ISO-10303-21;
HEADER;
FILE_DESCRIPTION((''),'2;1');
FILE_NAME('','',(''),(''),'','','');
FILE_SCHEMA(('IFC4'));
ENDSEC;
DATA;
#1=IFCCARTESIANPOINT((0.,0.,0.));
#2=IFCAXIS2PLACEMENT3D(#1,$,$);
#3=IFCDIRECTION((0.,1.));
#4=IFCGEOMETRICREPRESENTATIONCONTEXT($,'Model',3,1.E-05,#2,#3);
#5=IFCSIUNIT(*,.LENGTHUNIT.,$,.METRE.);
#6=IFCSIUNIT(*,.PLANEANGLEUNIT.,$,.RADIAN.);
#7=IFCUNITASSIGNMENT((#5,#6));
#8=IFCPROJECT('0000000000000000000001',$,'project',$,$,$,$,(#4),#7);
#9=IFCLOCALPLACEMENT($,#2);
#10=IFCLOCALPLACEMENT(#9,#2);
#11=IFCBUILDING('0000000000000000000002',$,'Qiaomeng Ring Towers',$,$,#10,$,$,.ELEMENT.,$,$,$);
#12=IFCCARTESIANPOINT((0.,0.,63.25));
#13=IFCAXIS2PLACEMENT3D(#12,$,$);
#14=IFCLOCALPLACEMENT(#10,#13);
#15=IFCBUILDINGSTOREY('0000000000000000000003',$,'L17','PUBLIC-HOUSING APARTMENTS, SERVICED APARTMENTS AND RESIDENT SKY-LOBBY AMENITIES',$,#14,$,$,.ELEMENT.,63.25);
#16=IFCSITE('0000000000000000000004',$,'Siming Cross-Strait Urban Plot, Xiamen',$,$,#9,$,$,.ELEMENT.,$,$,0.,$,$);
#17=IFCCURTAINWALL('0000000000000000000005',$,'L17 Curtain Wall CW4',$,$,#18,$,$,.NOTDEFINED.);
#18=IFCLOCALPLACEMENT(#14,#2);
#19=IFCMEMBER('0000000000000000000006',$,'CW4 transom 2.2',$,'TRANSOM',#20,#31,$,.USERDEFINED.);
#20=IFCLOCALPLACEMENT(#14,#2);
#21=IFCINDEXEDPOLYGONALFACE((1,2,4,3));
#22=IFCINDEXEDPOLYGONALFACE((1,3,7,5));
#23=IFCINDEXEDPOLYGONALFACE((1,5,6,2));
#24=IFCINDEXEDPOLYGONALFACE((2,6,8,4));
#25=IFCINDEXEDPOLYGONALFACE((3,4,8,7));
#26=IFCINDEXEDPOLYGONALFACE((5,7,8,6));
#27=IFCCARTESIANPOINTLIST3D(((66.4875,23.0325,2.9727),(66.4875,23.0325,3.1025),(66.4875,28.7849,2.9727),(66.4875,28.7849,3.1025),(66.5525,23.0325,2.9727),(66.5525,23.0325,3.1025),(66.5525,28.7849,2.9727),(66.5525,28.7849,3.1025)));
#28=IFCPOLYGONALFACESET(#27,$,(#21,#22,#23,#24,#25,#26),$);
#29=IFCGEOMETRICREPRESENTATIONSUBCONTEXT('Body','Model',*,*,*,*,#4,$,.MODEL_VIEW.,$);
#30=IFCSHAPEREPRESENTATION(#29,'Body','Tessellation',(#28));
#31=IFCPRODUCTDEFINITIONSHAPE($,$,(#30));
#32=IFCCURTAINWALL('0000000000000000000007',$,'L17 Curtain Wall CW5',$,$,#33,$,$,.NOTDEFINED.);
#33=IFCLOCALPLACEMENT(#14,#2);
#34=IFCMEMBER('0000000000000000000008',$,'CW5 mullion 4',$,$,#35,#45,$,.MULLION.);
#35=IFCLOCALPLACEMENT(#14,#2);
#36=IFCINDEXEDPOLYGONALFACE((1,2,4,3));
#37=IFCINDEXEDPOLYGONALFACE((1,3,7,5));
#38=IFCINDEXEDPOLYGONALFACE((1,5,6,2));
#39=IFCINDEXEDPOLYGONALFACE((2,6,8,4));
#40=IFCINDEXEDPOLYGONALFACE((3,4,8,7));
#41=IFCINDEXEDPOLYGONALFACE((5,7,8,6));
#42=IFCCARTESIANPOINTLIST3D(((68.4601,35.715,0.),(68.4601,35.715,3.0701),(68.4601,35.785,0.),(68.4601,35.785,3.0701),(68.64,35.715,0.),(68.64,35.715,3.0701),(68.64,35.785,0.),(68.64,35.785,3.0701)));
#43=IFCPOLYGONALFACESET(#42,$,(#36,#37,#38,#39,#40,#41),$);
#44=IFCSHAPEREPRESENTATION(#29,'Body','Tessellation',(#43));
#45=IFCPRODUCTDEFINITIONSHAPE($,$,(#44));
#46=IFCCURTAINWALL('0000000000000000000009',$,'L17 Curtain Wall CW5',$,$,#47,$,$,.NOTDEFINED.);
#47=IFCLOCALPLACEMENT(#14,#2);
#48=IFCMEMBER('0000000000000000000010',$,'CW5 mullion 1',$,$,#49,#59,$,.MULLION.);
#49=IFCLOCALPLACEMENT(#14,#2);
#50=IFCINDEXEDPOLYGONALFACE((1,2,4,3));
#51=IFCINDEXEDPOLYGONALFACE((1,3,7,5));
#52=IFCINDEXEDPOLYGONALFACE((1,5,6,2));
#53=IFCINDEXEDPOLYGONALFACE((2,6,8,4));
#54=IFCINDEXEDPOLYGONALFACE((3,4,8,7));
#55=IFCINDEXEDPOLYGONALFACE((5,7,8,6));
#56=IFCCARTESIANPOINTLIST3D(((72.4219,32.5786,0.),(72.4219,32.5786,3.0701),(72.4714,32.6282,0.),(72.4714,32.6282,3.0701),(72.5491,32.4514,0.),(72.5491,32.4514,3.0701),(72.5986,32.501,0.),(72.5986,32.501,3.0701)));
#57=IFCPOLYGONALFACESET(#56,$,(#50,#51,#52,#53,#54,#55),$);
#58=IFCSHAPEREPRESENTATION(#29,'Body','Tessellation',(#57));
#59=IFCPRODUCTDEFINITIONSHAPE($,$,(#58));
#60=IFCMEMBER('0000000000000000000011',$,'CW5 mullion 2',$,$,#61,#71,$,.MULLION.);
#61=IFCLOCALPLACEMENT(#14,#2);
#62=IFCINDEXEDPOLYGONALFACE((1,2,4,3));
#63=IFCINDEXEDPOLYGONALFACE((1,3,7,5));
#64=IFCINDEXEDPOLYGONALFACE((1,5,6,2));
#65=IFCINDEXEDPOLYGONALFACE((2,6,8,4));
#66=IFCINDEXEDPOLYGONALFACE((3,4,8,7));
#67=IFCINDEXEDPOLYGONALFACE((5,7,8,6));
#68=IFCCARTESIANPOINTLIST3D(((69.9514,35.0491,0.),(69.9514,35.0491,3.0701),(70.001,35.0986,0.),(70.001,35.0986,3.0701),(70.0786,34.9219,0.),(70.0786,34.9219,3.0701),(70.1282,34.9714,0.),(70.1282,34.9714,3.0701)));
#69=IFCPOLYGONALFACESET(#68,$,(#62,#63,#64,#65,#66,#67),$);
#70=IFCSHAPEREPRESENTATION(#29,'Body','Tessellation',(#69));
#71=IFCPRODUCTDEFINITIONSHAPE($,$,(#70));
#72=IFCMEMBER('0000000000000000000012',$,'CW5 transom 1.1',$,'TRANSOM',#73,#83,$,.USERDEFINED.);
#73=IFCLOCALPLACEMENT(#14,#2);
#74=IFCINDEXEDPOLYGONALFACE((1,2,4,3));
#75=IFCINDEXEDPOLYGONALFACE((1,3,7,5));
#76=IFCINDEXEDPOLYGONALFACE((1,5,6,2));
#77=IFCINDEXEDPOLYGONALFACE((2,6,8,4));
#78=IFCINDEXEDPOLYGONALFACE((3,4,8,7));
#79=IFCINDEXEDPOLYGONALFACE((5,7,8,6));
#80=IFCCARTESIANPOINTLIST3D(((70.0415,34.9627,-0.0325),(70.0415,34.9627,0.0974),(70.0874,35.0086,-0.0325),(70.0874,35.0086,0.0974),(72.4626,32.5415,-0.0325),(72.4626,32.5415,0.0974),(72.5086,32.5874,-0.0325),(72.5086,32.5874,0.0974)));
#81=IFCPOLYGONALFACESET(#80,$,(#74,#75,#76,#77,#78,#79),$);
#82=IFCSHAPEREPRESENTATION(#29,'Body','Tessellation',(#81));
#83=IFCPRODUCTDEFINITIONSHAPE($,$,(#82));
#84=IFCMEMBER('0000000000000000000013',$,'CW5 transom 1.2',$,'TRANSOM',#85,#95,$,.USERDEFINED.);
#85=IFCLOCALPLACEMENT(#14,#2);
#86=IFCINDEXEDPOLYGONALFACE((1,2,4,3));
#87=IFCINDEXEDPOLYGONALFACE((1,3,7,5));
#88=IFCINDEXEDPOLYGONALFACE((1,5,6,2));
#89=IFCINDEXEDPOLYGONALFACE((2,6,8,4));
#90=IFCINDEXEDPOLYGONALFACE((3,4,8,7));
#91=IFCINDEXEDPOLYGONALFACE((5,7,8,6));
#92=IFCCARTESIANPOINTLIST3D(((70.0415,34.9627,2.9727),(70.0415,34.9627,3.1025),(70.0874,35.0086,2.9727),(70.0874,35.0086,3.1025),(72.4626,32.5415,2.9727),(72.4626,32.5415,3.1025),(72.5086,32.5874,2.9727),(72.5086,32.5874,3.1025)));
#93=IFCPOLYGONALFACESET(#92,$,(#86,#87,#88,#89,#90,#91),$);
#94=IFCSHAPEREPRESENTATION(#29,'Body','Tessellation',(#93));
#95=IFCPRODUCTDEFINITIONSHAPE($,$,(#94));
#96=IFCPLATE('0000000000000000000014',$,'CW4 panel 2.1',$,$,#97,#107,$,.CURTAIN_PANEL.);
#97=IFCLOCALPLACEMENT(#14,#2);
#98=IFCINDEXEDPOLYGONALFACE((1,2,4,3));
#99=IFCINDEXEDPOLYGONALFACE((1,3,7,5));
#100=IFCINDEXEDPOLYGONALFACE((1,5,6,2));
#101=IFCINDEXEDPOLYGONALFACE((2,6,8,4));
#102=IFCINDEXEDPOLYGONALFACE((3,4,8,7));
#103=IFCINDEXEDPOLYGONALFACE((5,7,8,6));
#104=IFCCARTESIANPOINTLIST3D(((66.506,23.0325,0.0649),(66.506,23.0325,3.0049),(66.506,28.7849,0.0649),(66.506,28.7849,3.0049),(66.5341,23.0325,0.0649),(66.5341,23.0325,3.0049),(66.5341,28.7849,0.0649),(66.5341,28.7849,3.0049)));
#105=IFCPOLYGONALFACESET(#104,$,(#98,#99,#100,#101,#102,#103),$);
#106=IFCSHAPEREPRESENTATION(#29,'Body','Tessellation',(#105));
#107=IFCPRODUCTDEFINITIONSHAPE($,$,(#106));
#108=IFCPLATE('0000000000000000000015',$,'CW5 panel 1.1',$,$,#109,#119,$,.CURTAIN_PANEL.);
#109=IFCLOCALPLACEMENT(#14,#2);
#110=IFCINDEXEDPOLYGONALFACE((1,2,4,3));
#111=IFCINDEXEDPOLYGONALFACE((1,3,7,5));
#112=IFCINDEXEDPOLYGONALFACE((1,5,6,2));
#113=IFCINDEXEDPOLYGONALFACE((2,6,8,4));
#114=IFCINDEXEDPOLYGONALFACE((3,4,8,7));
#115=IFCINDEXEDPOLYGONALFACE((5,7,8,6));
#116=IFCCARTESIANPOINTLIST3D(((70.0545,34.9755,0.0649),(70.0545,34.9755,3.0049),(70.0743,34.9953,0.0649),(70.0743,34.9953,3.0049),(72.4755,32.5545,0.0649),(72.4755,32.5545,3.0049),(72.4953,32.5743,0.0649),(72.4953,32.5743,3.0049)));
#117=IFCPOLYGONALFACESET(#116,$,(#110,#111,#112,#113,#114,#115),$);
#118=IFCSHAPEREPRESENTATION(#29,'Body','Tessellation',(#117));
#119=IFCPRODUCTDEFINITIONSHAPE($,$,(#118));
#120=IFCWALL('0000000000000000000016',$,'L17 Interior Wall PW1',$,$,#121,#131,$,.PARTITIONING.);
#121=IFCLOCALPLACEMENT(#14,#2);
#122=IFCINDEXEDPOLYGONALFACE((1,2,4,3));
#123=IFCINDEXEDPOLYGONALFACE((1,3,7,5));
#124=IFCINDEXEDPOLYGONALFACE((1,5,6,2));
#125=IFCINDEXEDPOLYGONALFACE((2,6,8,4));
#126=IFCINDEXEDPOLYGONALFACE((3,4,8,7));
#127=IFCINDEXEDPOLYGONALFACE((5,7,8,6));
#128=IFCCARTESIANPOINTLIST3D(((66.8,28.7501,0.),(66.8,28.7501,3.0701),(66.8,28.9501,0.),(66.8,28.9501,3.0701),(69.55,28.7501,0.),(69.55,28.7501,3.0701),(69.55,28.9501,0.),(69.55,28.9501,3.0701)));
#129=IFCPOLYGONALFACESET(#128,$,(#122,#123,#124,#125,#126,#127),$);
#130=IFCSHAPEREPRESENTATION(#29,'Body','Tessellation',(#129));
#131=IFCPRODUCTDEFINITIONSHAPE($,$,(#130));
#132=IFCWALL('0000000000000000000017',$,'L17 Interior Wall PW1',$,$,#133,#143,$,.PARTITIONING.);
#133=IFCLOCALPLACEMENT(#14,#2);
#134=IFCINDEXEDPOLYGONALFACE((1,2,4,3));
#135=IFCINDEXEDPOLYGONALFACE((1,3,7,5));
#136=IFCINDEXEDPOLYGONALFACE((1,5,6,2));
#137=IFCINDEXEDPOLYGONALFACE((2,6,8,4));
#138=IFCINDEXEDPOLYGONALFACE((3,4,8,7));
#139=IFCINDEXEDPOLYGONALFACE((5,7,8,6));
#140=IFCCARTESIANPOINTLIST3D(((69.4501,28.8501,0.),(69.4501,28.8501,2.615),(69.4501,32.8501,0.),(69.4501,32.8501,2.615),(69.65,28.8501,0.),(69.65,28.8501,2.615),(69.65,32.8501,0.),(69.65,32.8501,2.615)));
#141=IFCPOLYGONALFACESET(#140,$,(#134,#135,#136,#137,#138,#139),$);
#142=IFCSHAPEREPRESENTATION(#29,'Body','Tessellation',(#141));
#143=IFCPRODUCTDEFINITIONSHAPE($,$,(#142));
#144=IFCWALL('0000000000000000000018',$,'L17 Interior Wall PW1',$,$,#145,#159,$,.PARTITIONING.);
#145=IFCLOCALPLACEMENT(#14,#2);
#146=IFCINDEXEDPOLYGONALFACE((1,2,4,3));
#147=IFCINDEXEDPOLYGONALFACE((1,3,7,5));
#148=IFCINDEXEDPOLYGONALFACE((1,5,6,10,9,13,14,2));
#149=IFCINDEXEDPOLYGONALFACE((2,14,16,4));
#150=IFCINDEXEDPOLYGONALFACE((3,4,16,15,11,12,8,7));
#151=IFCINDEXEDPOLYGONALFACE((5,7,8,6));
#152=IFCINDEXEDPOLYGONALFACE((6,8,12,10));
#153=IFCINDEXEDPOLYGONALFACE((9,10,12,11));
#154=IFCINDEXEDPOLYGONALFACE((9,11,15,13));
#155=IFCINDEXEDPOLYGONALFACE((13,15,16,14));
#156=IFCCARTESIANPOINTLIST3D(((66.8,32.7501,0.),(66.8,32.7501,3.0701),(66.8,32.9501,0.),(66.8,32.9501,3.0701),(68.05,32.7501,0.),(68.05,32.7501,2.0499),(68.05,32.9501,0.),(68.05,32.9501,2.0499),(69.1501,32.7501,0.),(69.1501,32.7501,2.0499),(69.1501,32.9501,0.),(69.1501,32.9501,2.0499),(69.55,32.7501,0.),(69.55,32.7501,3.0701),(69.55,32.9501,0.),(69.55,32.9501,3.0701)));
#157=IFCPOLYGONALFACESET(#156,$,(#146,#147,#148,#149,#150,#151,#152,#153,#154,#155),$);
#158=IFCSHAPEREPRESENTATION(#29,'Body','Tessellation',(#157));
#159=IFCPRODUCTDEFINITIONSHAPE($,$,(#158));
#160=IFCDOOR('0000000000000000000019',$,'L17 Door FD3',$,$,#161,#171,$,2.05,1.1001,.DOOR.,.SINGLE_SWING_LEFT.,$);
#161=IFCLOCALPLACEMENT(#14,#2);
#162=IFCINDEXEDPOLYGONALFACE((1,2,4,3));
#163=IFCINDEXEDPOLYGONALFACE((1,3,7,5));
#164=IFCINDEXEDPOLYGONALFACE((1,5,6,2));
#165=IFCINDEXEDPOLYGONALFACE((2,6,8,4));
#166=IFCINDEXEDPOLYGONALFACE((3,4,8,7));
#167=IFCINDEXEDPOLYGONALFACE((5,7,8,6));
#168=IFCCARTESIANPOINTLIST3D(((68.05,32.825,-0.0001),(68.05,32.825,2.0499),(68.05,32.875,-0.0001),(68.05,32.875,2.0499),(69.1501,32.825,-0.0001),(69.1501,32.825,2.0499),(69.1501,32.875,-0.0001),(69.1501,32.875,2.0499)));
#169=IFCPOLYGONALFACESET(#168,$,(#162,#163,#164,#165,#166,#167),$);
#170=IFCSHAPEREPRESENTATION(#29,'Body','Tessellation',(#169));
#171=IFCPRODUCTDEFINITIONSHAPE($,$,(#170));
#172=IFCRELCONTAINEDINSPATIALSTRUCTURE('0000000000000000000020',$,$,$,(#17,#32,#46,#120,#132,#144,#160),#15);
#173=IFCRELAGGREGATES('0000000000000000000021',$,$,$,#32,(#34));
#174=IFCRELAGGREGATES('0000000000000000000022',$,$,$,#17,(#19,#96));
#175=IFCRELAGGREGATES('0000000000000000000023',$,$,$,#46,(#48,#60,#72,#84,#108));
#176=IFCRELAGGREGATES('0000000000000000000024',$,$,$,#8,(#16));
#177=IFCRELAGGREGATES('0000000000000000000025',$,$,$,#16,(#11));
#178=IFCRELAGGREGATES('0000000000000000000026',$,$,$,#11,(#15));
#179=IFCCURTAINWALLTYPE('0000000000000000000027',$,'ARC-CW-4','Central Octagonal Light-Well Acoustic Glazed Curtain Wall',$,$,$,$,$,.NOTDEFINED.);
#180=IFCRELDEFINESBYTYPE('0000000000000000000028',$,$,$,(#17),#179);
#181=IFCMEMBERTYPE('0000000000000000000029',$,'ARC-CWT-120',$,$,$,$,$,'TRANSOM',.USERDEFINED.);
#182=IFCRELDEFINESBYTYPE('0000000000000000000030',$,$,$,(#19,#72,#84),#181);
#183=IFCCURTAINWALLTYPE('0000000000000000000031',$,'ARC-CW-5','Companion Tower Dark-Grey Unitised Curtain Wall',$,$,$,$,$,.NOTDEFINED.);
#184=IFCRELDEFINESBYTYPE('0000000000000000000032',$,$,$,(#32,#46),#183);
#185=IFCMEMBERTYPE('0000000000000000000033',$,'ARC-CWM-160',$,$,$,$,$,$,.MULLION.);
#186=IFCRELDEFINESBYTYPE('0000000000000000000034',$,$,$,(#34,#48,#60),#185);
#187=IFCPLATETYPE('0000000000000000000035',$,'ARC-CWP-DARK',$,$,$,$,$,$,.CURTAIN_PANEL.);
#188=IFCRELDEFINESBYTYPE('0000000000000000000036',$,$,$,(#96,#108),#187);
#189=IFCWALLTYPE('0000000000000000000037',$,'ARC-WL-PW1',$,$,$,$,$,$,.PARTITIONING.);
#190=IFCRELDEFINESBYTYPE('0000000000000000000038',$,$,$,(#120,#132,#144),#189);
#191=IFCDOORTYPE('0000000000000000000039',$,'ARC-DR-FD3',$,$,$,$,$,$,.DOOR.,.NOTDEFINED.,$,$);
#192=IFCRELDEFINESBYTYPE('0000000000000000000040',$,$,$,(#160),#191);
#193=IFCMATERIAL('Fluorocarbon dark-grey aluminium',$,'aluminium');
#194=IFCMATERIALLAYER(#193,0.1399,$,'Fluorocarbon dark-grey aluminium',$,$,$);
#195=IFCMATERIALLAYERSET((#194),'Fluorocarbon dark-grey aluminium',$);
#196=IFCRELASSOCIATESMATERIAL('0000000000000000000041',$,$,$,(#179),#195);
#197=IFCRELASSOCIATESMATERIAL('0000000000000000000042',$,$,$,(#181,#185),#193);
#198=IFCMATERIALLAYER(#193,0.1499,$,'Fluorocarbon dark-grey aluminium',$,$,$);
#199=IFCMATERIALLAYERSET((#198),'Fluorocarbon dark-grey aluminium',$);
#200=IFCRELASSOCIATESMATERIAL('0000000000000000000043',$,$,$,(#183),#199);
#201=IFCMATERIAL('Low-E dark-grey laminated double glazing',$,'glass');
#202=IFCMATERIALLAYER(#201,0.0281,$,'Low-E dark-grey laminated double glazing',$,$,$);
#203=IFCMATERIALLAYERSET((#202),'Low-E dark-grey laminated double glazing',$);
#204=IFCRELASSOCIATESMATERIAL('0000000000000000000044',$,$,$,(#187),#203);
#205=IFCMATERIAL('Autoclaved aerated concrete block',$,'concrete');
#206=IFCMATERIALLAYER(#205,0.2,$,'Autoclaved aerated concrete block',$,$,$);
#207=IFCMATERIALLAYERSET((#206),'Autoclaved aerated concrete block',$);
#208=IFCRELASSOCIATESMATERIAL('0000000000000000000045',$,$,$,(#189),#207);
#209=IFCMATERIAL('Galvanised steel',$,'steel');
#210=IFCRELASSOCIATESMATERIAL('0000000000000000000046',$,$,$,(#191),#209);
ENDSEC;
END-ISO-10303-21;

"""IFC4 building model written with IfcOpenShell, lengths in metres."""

from ifc_helpers import new_model, si_unit, direction, frame, frame_2d, origin, origin_2d, place, context, subcontext, project, spatial, rectangle, extrude, source, transform, mapped, material, layer, layer_set, material_profile, profile_set, type_object, element, fill, aggregate, save


model = new_model("IFC4")

# Units and contexts
model_context = context("Model", 3, precision=1e-05, world=origin(), true_north=direction((0.0, 1.0)))
body_context = subcontext(model_context, "Body", "Model", "MODEL_VIEW")
ifc_project = project(units=[si_unit("LENGTHUNIT", "METRE"), si_unit("PLANEANGLEUNIT", "RADIAN")], contexts=[model_context])

# Site, building, storey
site_placement = place(None, origin())
site = spatial("IfcSite", under=ifc_project, at=site_placement, Name="Siming Cross-Strait Urban Plot, Xiamen", CompositionType="ELEMENT", RefElevation=0.0)
building_placement = place(site_placement, origin())
building = spatial("IfcBuilding", under=site, at=building_placement, Name="Qiaomeng Ring Towers", CompositionType="ELEMENT")
storey_placement = place(building_placement, frame((0.0, 0.0, 63.25)))
storey = spatial("IfcBuildingStorey", under=building, at=storey_placement, Name="L17", Description="PUBLIC-HOUSING APARTMENTS, SERVICED APARTMENTS AND RESIDENT SKY-LOBBY AMENITIES", CompositionType="ELEMENT", Elevation=63.25)

# Curtain wall, member
ifc_material_1 = material(Name="Fluorocarbon dark-grey aluminium", Category="aluminium")
ifc_layer_1 = layer(ifc_material_1, 0.1399, Name="Fluorocarbon dark-grey aluminium")
ifc_layer_set_1 = layer_set([ifc_layer_1], Name="Fluorocarbon dark-grey aluminium")
curtain_wall_type_1 = type_object("IfcCurtainWallType", Name="ARC-CW-4", Description="Central Octagonal Light-Well Acoustic Glazed Curtain Wall", PredefinedType="NOTDEFINED", material=ifc_layer_set_1)
curtain_wall_1_placement = place(storey_placement, origin())
curtain_wall_1 = element("IfcCurtainWall", 1, at=curtain_wall_1_placement, inside=storey, type_object=curtain_wall_type_1, Name="L17 Curtain Wall CW4", PredefinedType="NOTDEFINED")
ifc_material_profile_1 = material_profile(ifc_material_1, rectangle(XDim=0.0649, YDim=0.1299, at=origin_2d()), Name="ALU TRAN 65x130")
ifc_profile_set_1 = profile_set([ifc_material_profile_1], Name="Fluorocarbon dark-grey aluminium")
member_type_1 = type_object("IfcMemberType", Name="ARC-CWT-120", ElementType="TRANSOM", PredefinedType="USERDEFINED", material=ifc_profile_set_1)
shared_shape_1 = source(origin(), body_context, "Body", "SweptSolid", [
    extrude(rectangle(XDim=0.0649, YDim=0.1299, at=origin_2d()), origin(), (0.0, 0.0, 1.0), 5.7524),
])
member_1_placement = place(storey_placement, frame((66.52, 23.0325, 3.0376), z_axis=(0.0, 1.0, 0.0), x_axis=(-1.0, 0.0, 0.0)))
member_1 = element("IfcMember", 2, at=member_1_placement, type_object=member_type_1, Name="CW4 transom 2.2", ObjectType="TRANSOM", PredefinedType="USERDEFINED", context=body_context, shape_type="MappedRepresentation", body=[
    mapped(shared_shape_1, transform((0.0, 0.0, 0.0), x_axis=(1.0, 0.0, 0.0), y_axis=(0.0, 1.0, 0.0), z_axis=(0.0, 0.0, 1.0), scale=1.0)),
])

# Curtain wall, member
ifc_layer_2 = layer(ifc_material_1, 0.1499, Name="Fluorocarbon dark-grey aluminium")
ifc_layer_set_2 = layer_set([ifc_layer_2], Name="Fluorocarbon dark-grey aluminium")
curtain_wall_type_2 = type_object("IfcCurtainWallType", Name="ARC-CW-5", Description="Companion Tower Dark-Grey Unitised Curtain Wall", PredefinedType="NOTDEFINED", material=ifc_layer_set_2)
curtain_wall_2_placement = place(storey_placement, origin())
curtain_wall_2 = element("IfcCurtainWall", 3, at=curtain_wall_2_placement, inside=storey, type_object=curtain_wall_type_2, Name="L17 Curtain Wall CW5", PredefinedType="NOTDEFINED")
ifc_material_profile_2 = material_profile(ifc_material_1, rectangle(XDim=0.0701, YDim=0.1799, at=origin_2d()), Name="ALU MULL 70x180")
ifc_profile_set_2 = profile_set([ifc_material_profile_2], Name="Fluorocarbon dark-grey aluminium")
member_type_2 = type_object("IfcMemberType", Name="ARC-CWM-160", PredefinedType="MULLION", material=ifc_profile_set_2)
shared_shape_2 = source(origin(), body_context, "Body", "SweptSolid", [
    extrude(rectangle(XDim=0.0701, YDim=0.1799, at=origin_2d()), origin(), (0.0, 0.0, 1.0), 3.0701),
])
member_2_placement = place(storey_placement, frame((68.55, 35.75, 0.0), z_axis=(0.0, 0.0, 1.0), x_axis=(0.0, 1.0, 0.0)))
member_2 = element("IfcMember", 4, at=member_2_placement, type_object=member_type_2, Name="CW5 mullion 4", PredefinedType="MULLION", context=body_context, shape_type="MappedRepresentation", body=[
    mapped(shared_shape_2, transform((0.0, 0.0, 0.0), x_axis=(1.0, 0.0, 0.0), y_axis=(0.0, 1.0, 0.0), z_axis=(0.0, 0.0, 1.0), scale=1.0)),
])
aggregate(curtain_wall_2, [member_2])

# Curtain wall, members
curtain_wall_3_placement = place(storey_placement, origin())
curtain_wall_3 = element("IfcCurtainWall", 5, at=curtain_wall_3_placement, inside=storey, type_object=curtain_wall_type_2, Name="L17 Curtain Wall CW5", PredefinedType="NOTDEFINED")
member_3_placement = place(storey_placement, frame((72.5103, 32.5398, 0.0), z_axis=(0.0, 0.0, 1.0), x_axis=(-0.707107, -0.707107, 0.0)))
member_3 = element("IfcMember", 6, at=member_3_placement, type_object=member_type_2, Name="CW5 mullion 1", PredefinedType="MULLION", context=body_context, shape_type="MappedRepresentation", body=[
    mapped(shared_shape_2, transform((0.0, 0.0, 0.0), x_axis=(1.0, 0.0, 0.0), y_axis=(0.0, 1.0, 0.0), z_axis=(0.0, 0.0, 1.0), scale=1.0)),
])
member_4_placement = place(storey_placement, frame((70.0398, 35.0103, 0.0), z_axis=(0.0, 0.0, 1.0), x_axis=(-0.707107, -0.707107, 0.0)))
member_4 = element("IfcMember", 7, at=member_4_placement, type_object=member_type_2, Name="CW5 mullion 2", PredefinedType="MULLION", context=body_context, shape_type="MappedRepresentation", body=[
    mapped(shared_shape_2, transform((0.0, 0.0, 0.0), x_axis=(1.0, 0.0, 0.0), y_axis=(0.0, 1.0, 0.0), z_axis=(0.0, 0.0, 1.0), scale=1.0)),
])
shared_shape_3 = source(origin(), body_context, "Body", "SweptSolid", [
    extrude(rectangle(XDim=0.0649, YDim=0.1299, at=origin_2d()), origin(), (0.0, 0.0, 1.0), 3.4241),
])
member_5_placement = place(storey_placement, frame((72.4856, 32.5645, 0.0325), z_axis=(-0.707107, 0.707107, 0.0), x_axis=(-0.707107, -0.707107, 0.0)))
member_5 = element("IfcMember", 8, at=member_5_placement, type_object=member_type_1, Name="CW5 transom 1.1", ObjectType="TRANSOM", PredefinedType="USERDEFINED", context=body_context, shape_type="MappedRepresentation", body=[
    mapped(shared_shape_3, transform((0.0, 0.0, 0.0), x_axis=(1.0, 0.0, 0.0), y_axis=(0.0, 1.0, 0.0), z_axis=(0.0, 0.0, 1.0), scale=1.0)),
])
member_6_placement = place(storey_placement, frame((72.4856, 32.5645, 3.0376), z_axis=(-0.707107, 0.707107, 0.0), x_axis=(-0.707107, -0.707107, 0.0)))
member_6 = element("IfcMember", 9, at=member_6_placement, type_object=member_type_1, Name="CW5 transom 1.2", ObjectType="TRANSOM", PredefinedType="USERDEFINED", context=body_context, shape_type="MappedRepresentation", body=[
    mapped(shared_shape_3, transform((0.0, 0.0, 0.0), x_axis=(1.0, 0.0, 0.0), y_axis=(0.0, 1.0, 0.0), z_axis=(0.0, 0.0, 1.0), scale=1.0)),
])

# Plates
ifc_material_2 = material(Name="Low-E dark-grey laminated double glazing", Category="glass")
ifc_layer_3 = layer(ifc_material_2, 0.0281, Name="Low-E dark-grey laminated double glazing")
ifc_layer_set_3 = layer_set([ifc_layer_3], Name="Low-E dark-grey laminated double glazing")
plate_type = type_object("IfcPlateType", Name="ARC-CWP-DARK", PredefinedType="CURTAIN_PANEL", material=ifc_layer_set_3)
shared_shape_4 = source(origin(), body_context, "Body", "SweptSolid", [
    extrude(rectangle(XDim=5.7524, YDim=0.0281, at=origin_2d()), origin(), (0.0, 0.0, 1.0), 2.9399),
])
plate_1_placement = place(storey_placement, frame((66.52, 25.9087, 0.0649), z_axis=(0.0, 0.0, 1.0), x_axis=(0.0, 1.0, 0.0)))
plate_1 = element("IfcPlate", 10, at=plate_1_placement, type_object=plate_type, Name="CW4 panel 2.1", PredefinedType="CURTAIN_PANEL", context=body_context, shape_type="MappedRepresentation", body=[
    mapped(shared_shape_4, transform((0.0, 0.0, 0.0), x_axis=(1.0, 0.0, 0.0), y_axis=(0.0, 1.0, 0.0), z_axis=(0.0, 0.0, 1.0), scale=1.0)),
])
aggregate(curtain_wall_1, [member_1, plate_1])
shared_shape_5 = source(origin(), body_context, "Body", "SweptSolid", [
    extrude(rectangle(XDim=3.4238, YDim=0.0281, at=origin_2d()), origin(), (0.0, 0.0, 1.0), 2.9399),
])
plate_2_placement = place(storey_placement, frame((71.2749, 33.7749, 0.0649), z_axis=(0.0, 0.0, 1.0), x_axis=(-0.707107, 0.707107, 0.0)))
plate_2 = element("IfcPlate", 11, at=plate_2_placement, type_object=plate_type, Name="CW5 panel 1.1", PredefinedType="CURTAIN_PANEL", context=body_context, shape_type="MappedRepresentation", body=[
    mapped(shared_shape_5, transform((0.0, 0.0, 0.0), x_axis=(1.0, 0.0, 0.0), y_axis=(0.0, 1.0, 0.0), z_axis=(0.0, 0.0, 1.0), scale=1.0)),
])
aggregate(curtain_wall_3, [member_3, member_4, member_5, member_6, plate_2])

# Walls
ifc_material_3 = material(Name="Autoclaved aerated concrete block", Category="concrete")
ifc_layer_4 = layer(ifc_material_3, 0.2, Name="Autoclaved aerated concrete block")
ifc_layer_set_4 = layer_set([ifc_layer_4], Name="Autoclaved aerated concrete block")
wall_type_1 = type_object("IfcWallType", Name="ARC-WL-PW1", PredefinedType="PARTITIONING", material=ifc_layer_set_4)
wall_1_placement = place(storey_placement, frame((66.8, 28.8501, 0.0), z_axis=(0.0, 0.0, 1.0), x_axis=(1.0, 0.0, 0.0)))
element("IfcWall", 12, at=wall_1_placement, inside=storey, type_object=wall_type_1, Name="L17 Interior Wall PW1", PredefinedType="PARTITIONING", context=body_context, shape_type="SweptSolid", body=[
    extrude(rectangle(XDim=2.75, YDim=0.2, at=frame_2d((1.375, 0.0))), origin(), (0.0, 0.0, 1.0), 3.0701),
])
wall_2_placement = place(storey_placement, frame((69.55, 28.8501, 0.0), z_axis=(0.0, 0.0, 1.0), x_axis=(0.0, 1.0, 0.0)))
element("IfcWall", 13, at=wall_2_placement, inside=storey, type_object=wall_type_1, Name="L17 Interior Wall PW1", PredefinedType="PARTITIONING", context=body_context, shape_type="SweptSolid", body=[
    extrude(rectangle(XDim=4.0, YDim=0.2, at=frame_2d((2.0, 0.0))), origin(), (0.0, 0.0, 1.0), 2.615),
])

# Wall, opening, door
wall_3_placement = place(storey_placement, frame((66.8, 32.8501, 0.0), z_axis=(0.0, 0.0, 1.0), x_axis=(1.0, 0.0, 0.0)))
wall_3 = element("IfcWall", 14, at=wall_3_placement, inside=storey, type_object=wall_type_1, Name="L17 Interior Wall PW1", PredefinedType="PARTITIONING", context=body_context, shape_type="SweptSolid", body=[
    extrude(rectangle(XDim=2.75, YDim=0.2, at=frame_2d((1.375, 0.0))), origin(), (0.0, 0.0, 1.0), 3.0701),
])
opening_1_placement = place(wall_3_placement, frame((1.25, 0.0, 0.0)))
opening_1 = element("IfcOpeningElement", 15, at=opening_1_placement, cuts=wall_3, PredefinedType="OPENING", context=body_context, shape_type="SweptSolid", body=[
    extrude(rectangle(XDim=1.1001, YDim=2.05, at=frame_2d((0.55, 1.0249))), frame((0.0, 0.1099, 0.0), z_axis=(0.0, -1.0, 0.0), x_axis=(1.0, 0.0, 0.0)), (0.0, 0.0, 1.0), 0.22),
])
ifc_material_4 = material(Name="Galvanised steel", Category="steel")
door_type_1 = type_object("IfcDoorType", Name="ARC-DR-FD3", OperationType="NOTDEFINED", PredefinedType="DOOR", material=ifc_material_4)
shared_shape_6 = source(origin(), body_context, "Body", "SweptSolid", [
    extrude(rectangle(XDim=1.1001, YDim=2.05, at=frame_2d((0.55, 1.0249))), frame((0.0, 0.0249, 0.0), z_axis=(0.0, -1.0, 0.0), x_axis=(1.0, 0.0, 0.0)), (0.0, 0.0, 1.0), 0.05),
])
door_1_placement = place(opening_1_placement, origin())
door_1 = element("IfcDoor", 16, at=door_1_placement, inside=storey, type_object=door_type_1, Name="L17 Door FD3", OperationType="SINGLE_SWING_LEFT", OverallHeight=2.05, OverallWidth=1.1001, PredefinedType="DOOR", context=body_context, shape_type="MappedRepresentation", body=[
    mapped(shared_shape_6, transform((0.0, 0.0, 0.0), x_axis=(1.0, 0.0, 0.0), y_axis=(0.0, 1.0, 0.0), z_axis=(0.0, 0.0, 1.0), scale=1.0)),
])
fill(opening_1, door_1)

save(model, "model.ifc")
